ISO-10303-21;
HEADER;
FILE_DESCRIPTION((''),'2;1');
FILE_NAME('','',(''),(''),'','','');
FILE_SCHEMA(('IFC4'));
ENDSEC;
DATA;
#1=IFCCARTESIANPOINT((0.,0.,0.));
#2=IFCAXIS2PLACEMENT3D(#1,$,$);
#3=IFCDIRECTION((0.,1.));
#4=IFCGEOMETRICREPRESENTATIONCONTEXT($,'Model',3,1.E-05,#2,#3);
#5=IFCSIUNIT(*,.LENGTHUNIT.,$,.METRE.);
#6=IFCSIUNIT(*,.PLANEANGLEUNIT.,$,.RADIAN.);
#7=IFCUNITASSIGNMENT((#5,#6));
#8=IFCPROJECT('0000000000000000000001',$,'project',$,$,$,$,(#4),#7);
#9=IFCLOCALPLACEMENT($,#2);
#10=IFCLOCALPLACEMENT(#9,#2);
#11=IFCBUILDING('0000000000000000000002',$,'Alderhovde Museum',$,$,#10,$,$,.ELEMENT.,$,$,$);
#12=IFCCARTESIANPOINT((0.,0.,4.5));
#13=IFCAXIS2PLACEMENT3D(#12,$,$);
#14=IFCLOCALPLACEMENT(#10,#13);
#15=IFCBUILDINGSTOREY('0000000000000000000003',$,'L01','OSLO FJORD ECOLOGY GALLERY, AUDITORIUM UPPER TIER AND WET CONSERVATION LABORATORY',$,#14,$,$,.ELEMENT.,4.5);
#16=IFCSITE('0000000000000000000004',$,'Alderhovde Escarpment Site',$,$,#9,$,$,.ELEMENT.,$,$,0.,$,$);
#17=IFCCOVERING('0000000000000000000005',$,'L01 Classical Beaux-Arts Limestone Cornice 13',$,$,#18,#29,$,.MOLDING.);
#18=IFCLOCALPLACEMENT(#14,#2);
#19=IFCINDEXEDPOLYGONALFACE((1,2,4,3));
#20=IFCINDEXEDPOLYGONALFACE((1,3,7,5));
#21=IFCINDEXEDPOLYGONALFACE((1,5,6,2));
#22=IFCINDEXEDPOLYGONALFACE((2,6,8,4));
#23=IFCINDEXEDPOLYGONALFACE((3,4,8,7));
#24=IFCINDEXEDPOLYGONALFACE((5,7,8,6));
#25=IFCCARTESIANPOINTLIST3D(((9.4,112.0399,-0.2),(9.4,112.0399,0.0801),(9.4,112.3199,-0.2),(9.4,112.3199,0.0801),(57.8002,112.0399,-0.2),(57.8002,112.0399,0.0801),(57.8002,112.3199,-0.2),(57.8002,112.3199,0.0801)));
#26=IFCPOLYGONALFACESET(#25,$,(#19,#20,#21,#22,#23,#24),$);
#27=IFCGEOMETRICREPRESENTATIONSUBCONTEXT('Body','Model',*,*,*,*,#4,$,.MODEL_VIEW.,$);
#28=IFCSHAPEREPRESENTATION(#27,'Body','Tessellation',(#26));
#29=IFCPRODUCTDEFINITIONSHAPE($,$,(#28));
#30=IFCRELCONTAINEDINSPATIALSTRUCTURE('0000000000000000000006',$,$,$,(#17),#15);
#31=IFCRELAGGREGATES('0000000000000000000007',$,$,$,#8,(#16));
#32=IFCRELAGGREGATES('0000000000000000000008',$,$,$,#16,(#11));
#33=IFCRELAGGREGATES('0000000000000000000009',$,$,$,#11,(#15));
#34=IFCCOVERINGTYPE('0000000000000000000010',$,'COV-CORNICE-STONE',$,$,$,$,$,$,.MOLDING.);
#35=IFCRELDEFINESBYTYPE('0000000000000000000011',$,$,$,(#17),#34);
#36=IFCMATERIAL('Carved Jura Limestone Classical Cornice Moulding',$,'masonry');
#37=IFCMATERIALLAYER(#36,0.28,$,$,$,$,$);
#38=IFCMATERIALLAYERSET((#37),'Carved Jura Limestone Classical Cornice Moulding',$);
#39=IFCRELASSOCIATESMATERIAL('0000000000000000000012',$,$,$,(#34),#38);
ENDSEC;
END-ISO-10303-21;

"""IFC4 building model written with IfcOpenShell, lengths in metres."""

from ifc_helpers import new_model, si_unit, direction, frame, frame_2d, origin, place, context, subcontext, project, spatial, rectangle, extrude, material, layer, layer_set, type_object, element, save


model = new_model("IFC4")

# Units and contexts
model_context = context("Model", 3, precision=1e-05, world=origin(), true_north=direction((0.0, 1.0)))
body_context = subcontext(model_context, "Body", "Model", "MODEL_VIEW")
ifc_project = project(units=[si_unit("LENGTHUNIT", "METRE"), si_unit("PLANEANGLEUNIT", "RADIAN")], contexts=[model_context])

# Site, building, storey
site_placement = place(None, origin())
site = spatial("IfcSite", under=ifc_project, at=site_placement, Name="Alderhovde Escarpment Site", CompositionType="ELEMENT", RefElevation=0.0)
building_placement = place(site_placement, origin())
building = spatial("IfcBuilding", under=site, at=building_placement, Name="Alderhovde Museum", CompositionType="ELEMENT")
storey_placement = place(building_placement, frame((0.0, 0.0, 4.5)))
storey = spatial("IfcBuildingStorey", under=building, at=storey_placement, Name="L01", Description="OSLO FJORD ECOLOGY GALLERY, AUDITORIUM UPPER TIER AND WET CONSERVATION LABORATORY", CompositionType="ELEMENT", Elevation=4.5)

# Covering
ifc_material_1 = material(Name="Carved Jura Limestone Classical Cornice Moulding", Category="masonry")
ifc_layer_1 = layer(ifc_material_1, 0.28)
ifc_layer_set_1 = layer_set([ifc_layer_1], Name="Carved Jura Limestone Classical Cornice Moulding")
covering_type = type_object("IfcCoveringType", Name="COV-CORNICE-STONE", PredefinedType="MOLDING", material=ifc_layer_set_1)
covering_placement = place(storey_placement, frame((9.3999, 112.1799, -0.2), z_axis=(0.0, 0.0, 1.0), x_axis=(1.0, 0.0, 0.0)))
element("IfcCovering", 1, at=covering_placement, inside=storey, type_object=covering_type, Name="L01 Classical Beaux-Arts Limestone Cornice 13", PredefinedType="MOLDING", context=body_context, shape_type="SweptSolid", body=[
    extrude(rectangle(XDim=48.4001, YDim=0.28, at=frame_2d((24.2002, 0.0))), origin(), (0.0, 0.0, 1.0), 0.28),
])

save(model, "model.ifc")
